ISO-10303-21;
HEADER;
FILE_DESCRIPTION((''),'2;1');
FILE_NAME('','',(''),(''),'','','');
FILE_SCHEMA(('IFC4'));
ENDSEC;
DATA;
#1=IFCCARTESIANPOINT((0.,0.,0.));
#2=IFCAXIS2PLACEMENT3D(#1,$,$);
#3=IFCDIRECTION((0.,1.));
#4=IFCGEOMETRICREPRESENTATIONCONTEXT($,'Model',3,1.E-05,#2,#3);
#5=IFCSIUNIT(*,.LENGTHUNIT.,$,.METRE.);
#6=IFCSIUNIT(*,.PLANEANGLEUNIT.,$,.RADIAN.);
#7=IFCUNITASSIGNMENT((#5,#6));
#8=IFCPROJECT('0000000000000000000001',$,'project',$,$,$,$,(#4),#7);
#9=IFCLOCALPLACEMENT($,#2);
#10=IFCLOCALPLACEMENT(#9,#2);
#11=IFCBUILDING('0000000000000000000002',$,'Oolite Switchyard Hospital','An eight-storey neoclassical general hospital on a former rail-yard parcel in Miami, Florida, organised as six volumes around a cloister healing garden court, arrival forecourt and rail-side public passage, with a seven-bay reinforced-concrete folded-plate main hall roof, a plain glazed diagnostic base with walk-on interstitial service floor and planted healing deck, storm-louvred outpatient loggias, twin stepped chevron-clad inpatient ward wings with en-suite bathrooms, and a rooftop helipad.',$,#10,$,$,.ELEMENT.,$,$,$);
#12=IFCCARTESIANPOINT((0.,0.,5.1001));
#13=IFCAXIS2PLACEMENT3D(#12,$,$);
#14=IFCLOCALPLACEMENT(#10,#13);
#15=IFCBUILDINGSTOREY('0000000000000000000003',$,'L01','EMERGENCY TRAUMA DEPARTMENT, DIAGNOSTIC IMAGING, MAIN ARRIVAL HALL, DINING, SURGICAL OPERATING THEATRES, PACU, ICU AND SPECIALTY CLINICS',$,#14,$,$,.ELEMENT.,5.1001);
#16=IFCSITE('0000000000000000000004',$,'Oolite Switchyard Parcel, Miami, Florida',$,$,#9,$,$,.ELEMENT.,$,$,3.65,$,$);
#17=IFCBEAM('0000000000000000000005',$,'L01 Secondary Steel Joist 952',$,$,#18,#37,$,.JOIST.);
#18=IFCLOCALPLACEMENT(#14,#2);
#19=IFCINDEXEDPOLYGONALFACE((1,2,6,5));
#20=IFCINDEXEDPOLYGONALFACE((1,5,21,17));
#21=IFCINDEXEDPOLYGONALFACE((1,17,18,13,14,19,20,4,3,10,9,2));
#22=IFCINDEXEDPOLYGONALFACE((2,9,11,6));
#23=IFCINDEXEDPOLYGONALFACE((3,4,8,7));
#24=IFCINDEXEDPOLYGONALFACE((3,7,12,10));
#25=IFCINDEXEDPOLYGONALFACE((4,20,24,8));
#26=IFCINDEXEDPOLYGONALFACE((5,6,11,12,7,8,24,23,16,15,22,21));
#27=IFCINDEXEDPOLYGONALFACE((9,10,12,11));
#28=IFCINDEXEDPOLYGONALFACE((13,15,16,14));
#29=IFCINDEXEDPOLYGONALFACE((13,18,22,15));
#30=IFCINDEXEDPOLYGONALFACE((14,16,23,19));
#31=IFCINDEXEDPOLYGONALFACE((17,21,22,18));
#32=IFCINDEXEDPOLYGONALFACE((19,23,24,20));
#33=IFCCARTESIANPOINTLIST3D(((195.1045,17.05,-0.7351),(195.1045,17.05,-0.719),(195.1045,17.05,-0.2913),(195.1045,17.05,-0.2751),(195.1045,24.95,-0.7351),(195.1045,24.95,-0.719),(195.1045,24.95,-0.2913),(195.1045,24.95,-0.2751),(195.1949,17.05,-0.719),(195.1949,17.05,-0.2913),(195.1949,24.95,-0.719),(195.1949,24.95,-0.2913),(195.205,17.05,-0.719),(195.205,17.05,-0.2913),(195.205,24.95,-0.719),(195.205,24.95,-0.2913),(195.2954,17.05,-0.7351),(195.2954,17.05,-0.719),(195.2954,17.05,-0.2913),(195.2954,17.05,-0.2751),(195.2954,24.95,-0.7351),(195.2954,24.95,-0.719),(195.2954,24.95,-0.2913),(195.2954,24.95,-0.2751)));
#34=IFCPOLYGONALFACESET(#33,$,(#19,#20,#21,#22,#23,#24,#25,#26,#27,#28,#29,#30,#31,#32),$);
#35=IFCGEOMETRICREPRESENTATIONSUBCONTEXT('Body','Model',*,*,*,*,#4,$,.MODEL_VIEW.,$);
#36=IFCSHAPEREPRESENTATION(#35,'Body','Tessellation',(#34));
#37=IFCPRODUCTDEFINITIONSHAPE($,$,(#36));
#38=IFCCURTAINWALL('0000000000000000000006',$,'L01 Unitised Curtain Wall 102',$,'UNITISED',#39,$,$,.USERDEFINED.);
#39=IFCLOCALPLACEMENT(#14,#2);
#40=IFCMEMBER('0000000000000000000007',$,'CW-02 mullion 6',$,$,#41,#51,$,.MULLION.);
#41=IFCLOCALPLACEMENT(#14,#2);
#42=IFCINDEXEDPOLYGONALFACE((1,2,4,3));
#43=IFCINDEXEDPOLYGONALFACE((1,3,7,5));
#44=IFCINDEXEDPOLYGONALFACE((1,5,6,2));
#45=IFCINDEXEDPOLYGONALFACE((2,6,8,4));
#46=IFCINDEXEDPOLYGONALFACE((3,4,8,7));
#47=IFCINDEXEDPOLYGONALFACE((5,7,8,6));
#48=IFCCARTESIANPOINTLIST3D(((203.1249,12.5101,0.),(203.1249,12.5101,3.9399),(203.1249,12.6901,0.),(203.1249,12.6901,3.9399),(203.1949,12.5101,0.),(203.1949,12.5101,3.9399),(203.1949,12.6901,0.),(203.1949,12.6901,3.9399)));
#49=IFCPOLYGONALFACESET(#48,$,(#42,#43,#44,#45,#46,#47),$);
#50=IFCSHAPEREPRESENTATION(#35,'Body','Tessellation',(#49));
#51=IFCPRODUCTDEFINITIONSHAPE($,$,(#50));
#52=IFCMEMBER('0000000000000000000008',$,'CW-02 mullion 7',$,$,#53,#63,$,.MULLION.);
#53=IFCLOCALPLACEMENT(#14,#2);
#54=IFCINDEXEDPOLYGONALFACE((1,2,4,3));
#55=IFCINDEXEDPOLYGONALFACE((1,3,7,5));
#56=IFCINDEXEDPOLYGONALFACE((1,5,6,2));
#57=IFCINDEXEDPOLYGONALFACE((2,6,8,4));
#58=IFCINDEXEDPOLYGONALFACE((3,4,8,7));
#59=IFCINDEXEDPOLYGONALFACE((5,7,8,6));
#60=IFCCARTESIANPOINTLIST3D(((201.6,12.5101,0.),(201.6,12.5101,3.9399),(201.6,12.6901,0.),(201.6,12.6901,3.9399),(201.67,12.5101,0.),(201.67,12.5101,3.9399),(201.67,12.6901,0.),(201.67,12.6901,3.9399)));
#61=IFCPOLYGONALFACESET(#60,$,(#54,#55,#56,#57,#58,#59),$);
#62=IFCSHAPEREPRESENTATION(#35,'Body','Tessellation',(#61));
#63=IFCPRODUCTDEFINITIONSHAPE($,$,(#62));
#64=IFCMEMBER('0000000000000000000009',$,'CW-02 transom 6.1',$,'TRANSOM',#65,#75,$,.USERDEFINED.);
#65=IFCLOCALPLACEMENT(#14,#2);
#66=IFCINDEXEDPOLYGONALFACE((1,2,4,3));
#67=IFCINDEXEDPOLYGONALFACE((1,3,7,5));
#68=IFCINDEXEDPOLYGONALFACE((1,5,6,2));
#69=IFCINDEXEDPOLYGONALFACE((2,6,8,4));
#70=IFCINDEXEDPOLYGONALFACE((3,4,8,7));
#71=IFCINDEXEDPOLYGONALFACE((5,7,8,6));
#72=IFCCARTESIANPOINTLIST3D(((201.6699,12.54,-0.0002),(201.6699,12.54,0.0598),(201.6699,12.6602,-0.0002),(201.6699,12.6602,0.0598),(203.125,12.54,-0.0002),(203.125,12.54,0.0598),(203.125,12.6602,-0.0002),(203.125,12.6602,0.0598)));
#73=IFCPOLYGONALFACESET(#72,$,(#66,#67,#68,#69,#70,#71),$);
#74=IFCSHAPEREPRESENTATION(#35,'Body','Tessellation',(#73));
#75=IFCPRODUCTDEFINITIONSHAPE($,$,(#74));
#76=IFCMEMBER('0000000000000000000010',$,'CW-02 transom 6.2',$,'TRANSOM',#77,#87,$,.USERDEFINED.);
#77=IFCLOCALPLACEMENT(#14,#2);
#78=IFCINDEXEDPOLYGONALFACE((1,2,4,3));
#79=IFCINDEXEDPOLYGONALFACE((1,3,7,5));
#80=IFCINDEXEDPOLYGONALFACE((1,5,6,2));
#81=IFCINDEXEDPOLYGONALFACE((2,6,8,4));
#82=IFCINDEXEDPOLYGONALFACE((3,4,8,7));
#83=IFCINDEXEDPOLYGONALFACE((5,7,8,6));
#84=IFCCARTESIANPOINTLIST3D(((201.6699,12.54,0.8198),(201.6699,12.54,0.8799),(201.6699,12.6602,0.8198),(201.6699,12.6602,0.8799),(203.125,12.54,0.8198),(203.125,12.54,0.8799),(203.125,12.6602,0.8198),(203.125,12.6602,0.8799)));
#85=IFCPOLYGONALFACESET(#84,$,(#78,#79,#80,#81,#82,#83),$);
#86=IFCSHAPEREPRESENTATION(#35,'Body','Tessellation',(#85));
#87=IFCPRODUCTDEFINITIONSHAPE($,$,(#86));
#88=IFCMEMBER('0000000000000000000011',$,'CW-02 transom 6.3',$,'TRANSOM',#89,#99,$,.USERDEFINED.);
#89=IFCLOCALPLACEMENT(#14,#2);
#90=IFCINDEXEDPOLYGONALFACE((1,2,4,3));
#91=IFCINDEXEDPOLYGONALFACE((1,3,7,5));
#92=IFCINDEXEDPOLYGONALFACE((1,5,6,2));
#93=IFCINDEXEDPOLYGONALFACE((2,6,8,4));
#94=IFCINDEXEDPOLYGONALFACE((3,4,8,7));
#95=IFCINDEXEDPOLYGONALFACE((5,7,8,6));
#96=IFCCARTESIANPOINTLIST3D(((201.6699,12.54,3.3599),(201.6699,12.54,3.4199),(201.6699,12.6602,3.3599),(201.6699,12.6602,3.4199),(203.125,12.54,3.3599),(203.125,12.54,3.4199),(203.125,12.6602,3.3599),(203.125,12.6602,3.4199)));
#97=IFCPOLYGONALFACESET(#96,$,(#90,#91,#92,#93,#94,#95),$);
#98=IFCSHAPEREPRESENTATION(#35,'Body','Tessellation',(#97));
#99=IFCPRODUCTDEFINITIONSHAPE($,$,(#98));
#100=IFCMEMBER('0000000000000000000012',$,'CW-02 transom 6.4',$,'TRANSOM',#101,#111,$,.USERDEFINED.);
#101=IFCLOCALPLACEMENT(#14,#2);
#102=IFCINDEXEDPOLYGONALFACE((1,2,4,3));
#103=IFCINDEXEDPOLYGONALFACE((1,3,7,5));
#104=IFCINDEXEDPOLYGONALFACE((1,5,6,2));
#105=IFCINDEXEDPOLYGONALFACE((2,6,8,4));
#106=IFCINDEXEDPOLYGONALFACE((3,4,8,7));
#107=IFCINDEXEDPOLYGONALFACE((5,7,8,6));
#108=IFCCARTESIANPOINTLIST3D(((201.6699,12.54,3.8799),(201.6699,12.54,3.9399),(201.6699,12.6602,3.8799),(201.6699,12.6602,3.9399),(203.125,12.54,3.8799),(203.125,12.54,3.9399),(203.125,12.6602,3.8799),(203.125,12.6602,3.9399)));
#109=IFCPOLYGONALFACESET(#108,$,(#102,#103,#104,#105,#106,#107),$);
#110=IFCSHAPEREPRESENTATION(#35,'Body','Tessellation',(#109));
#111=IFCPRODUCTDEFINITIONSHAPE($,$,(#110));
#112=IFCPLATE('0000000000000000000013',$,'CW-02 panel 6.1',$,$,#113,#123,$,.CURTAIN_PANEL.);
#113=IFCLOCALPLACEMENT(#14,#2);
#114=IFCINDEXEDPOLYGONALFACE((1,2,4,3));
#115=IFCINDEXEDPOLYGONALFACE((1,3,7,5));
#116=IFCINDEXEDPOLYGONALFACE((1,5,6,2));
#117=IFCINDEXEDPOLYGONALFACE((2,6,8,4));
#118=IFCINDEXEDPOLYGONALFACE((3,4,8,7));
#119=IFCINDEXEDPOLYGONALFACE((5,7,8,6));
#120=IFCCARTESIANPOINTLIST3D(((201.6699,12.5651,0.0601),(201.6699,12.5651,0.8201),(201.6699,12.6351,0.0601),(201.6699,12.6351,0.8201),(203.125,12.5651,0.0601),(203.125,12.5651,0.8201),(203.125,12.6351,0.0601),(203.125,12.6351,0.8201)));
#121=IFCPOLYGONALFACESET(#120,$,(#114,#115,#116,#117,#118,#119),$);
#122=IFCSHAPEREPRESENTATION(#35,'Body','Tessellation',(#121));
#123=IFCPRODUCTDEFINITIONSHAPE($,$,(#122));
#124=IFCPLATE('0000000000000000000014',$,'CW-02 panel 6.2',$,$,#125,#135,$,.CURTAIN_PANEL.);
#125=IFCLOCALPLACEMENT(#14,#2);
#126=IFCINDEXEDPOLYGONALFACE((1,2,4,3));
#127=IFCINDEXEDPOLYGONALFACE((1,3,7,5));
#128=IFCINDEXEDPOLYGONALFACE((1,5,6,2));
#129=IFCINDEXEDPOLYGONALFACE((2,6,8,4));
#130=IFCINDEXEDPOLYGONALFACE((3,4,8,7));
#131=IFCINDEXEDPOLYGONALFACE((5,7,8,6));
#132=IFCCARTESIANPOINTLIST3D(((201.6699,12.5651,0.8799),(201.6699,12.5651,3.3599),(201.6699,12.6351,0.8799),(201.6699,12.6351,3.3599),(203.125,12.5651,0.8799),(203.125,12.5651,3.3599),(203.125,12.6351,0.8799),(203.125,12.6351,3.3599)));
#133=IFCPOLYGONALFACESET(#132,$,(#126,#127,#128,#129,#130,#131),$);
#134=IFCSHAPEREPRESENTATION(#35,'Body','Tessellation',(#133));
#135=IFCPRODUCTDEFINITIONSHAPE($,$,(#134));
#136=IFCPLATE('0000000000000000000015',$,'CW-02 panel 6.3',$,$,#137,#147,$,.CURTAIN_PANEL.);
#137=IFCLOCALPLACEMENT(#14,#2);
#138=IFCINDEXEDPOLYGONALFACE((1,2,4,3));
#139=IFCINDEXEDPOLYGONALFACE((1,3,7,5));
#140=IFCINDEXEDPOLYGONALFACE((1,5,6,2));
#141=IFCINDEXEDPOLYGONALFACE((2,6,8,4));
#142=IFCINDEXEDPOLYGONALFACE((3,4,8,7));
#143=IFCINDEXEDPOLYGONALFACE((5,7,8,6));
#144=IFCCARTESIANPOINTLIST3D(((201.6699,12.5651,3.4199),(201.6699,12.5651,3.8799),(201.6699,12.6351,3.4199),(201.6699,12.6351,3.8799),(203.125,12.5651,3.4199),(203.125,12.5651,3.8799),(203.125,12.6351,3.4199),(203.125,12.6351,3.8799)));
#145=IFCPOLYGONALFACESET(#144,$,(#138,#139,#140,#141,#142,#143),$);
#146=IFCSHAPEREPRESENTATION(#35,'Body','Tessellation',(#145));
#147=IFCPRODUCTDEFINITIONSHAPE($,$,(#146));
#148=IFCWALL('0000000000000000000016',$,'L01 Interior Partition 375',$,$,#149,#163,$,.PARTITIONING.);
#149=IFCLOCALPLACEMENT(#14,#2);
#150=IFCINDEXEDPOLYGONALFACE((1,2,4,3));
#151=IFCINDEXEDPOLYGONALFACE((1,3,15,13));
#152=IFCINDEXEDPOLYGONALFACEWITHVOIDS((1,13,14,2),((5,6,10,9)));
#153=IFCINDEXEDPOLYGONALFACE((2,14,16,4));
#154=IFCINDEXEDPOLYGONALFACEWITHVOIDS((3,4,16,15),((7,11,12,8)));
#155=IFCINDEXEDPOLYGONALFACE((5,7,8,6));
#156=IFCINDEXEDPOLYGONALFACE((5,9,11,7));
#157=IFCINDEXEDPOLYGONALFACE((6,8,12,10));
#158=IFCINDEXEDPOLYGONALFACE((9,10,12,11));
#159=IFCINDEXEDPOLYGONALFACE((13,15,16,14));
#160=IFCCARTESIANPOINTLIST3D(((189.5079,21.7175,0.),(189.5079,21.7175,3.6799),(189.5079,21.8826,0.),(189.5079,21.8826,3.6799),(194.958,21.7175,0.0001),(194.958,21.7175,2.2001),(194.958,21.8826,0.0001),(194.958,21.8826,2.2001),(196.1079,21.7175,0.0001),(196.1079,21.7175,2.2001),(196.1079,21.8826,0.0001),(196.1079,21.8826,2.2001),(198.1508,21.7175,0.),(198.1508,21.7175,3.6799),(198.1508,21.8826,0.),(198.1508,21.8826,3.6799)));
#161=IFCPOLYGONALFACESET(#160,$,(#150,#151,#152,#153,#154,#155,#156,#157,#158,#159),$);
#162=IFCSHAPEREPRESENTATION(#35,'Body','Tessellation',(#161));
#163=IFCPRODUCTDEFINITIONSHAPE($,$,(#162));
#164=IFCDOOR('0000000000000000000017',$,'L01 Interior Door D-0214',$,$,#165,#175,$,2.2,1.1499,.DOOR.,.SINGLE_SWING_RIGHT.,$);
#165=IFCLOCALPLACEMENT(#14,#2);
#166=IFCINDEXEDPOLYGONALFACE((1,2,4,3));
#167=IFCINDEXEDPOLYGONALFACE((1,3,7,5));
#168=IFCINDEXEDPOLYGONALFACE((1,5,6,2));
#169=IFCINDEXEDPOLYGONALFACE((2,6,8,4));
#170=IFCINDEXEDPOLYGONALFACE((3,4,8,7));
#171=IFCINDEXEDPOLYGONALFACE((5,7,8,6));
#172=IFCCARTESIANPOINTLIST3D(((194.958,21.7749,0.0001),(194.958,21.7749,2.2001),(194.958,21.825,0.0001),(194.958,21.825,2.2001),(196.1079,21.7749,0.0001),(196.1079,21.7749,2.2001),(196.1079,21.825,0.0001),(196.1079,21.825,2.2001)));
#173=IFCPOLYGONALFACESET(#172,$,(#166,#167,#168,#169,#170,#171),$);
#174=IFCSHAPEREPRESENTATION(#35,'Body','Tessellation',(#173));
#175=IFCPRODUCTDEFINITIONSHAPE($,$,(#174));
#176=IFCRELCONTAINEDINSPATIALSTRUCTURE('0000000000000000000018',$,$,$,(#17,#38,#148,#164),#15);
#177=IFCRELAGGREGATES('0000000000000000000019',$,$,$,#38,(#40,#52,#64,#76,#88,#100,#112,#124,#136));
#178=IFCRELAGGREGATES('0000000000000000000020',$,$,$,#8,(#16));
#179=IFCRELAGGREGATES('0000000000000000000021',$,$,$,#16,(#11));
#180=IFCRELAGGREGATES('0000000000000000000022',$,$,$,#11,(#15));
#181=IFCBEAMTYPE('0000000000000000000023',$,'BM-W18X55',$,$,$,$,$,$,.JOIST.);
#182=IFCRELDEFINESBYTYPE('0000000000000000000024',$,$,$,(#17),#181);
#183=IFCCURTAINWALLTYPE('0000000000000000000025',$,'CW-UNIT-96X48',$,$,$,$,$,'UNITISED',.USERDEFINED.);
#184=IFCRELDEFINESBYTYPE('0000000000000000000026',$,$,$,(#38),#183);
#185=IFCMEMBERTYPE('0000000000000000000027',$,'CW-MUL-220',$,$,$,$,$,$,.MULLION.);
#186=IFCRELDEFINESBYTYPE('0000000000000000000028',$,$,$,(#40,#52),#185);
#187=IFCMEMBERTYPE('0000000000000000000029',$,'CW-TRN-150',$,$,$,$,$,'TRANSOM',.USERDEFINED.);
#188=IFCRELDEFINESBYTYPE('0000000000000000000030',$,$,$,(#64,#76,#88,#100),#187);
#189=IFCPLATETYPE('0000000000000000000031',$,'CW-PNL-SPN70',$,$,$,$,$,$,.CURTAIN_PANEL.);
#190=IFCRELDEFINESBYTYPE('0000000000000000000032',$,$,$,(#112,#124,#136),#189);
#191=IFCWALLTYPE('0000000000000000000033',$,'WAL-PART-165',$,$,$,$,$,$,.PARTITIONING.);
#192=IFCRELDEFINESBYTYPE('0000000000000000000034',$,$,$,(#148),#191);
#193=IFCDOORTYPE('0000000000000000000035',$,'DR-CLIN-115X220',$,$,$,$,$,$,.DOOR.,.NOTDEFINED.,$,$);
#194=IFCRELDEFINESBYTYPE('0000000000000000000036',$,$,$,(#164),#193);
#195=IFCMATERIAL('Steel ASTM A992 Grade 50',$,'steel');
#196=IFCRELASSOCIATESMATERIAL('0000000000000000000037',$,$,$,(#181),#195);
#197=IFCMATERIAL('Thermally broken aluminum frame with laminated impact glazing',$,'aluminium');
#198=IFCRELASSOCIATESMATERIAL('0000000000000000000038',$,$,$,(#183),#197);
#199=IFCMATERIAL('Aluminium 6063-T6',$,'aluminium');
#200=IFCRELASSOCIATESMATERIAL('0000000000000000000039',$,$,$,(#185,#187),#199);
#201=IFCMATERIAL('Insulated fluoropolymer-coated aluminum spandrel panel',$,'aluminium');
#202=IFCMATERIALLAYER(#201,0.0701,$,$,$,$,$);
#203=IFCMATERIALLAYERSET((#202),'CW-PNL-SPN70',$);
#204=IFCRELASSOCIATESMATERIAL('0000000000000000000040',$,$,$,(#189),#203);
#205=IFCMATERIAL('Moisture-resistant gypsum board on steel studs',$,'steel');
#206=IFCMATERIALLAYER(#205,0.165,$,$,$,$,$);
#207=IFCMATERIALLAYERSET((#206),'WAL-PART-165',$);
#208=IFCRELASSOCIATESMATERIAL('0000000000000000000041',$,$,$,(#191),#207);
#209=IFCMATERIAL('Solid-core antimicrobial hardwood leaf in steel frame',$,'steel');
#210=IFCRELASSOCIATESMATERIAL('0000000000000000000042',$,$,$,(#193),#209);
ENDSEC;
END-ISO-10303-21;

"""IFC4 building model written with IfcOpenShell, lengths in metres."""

from ifc_helpers import new_model, si_unit, direction, frame, frame_2d, origin, origin_2d, place, context, subcontext, project, spatial, rectangle, i_section, extrude, material, layer, layer_set, material_profile, profile_set, type_object, element, fill, aggregate, save


model = new_model("IFC4")

# Units and contexts
model_context = context("Model", 3, precision=1e-05, world=origin(), true_north=direction((0.0, 1.0)))
body_context = subcontext(model_context, "Body", "Model", "MODEL_VIEW")
ifc_project = project(units=[si_unit("LENGTHUNIT", "METRE"), si_unit("PLANEANGLEUNIT", "RADIAN")], contexts=[model_context])

# Site, building, storey
site_placement = place(None, origin())
site = spatial("IfcSite", under=ifc_project, at=site_placement, Name="Oolite Switchyard Parcel, Miami, Florida", CompositionType="ELEMENT", RefElevation=3.65)
building_placement = place(site_placement, origin())
building = spatial("IfcBuilding", under=site, at=building_placement, Name="Oolite Switchyard Hospital", Description="An eight-storey neoclassical general hospital on a former rail-yard parcel in Miami, Florida, organised as six volumes around a cloister healing garden court, arrival forecourt and rail-side public passage, with a seven-bay reinforced-concrete folded-plate main hall roof, a plain glazed diagnostic base with walk-on interstitial service floor and planted healing deck, storm-louvred outpatient loggias, twin stepped chevron-clad inpatient ward wings with en-suite bathrooms, and a rooftop helipad.", CompositionType="ELEMENT")
storey_placement = place(building_placement, frame((0.0, 0.0, 5.1001)))
storey = spatial("IfcBuildingStorey", under=building, at=storey_placement, Name="L01", Description="EMERGENCY TRAUMA DEPARTMENT, DIAGNOSTIC IMAGING, MAIN ARRIVAL HALL, DINING, SURGICAL OPERATING THEATRES, PACU, ICU AND SPECIALTY CLINICS", CompositionType="ELEMENT", Elevation=5.1001)

# Beam
ifc_material_1 = material(Name="Steel ASTM A992 Grade 50", Category="steel")
ifc_material_profile_1 = material_profile(ifc_material_1, i_section(OverallWidth=0.1909, OverallDepth=0.46, WebThickness=0.01, FlangeThickness=0.0161, at=origin_2d()), Name="W18X55")
ifc_profile_set_1 = profile_set([ifc_material_profile_1], Name="Steel ASTM A992 Grade 50")
beam_type_1 = type_object("IfcBeamType", Name="BM-W18X55", PredefinedType="JOIST", material=ifc_profile_set_1)
beam_1_placement = place(storey_placement, frame((195.2, 17.05, -0.5051), z_axis=(0.0, 1.0, 0.0), x_axis=(-1.0, 0.0, 0.0)))
element("IfcBeam", 1, at=beam_1_placement, inside=storey, type_object=beam_type_1, Name="L01 Secondary Steel Joist 952", PredefinedType="JOIST", context=body_context, shape_type="SweptSolid", body=[
    extrude(i_section(OverallWidth=0.1909, OverallDepth=0.46, WebThickness=0.01, FlangeThickness=0.0161, at=origin_2d()), origin(), (0.0, 0.0, 1.0), 7.8999),
])

# Curtain wall, members, plates
ifc_material_2 = material(Name="Thermally broken aluminum frame with laminated impact glazing", Category="aluminium")
curtain_wall_type = type_object("IfcCurtainWallType", Name="CW-UNIT-96X48", ElementType="UNITISED", PredefinedType="USERDEFINED", material=ifc_material_2)
curtain_wall_placement = place(storey_placement, origin())
curtain_wall = element("IfcCurtainWall", 2, at=curtain_wall_placement, inside=storey, type_object=curtain_wall_type, Name="L01 Unitised Curtain Wall 102", ObjectType="UNITISED", PredefinedType="USERDEFINED")
ifc_material_3 = material(Name="Aluminium 6063-T6", Category="aluminium")
ifc_material_profile_2 = material_profile(ifc_material_3, rectangle(XDim=0.1799, YDim=0.0701, at=origin_2d()), Name="CWM70X180")
ifc_profile_set_2 = profile_set([ifc_material_profile_2], Name="Aluminium 6063-T6")
member_type_1 = type_object("IfcMemberType", Name="CW-MUL-220", PredefinedType="MULLION", material=ifc_profile_set_2)
member_1_placement = place(storey_placement, frame((203.1599, 12.6001, 0.0), z_axis=(0.0, 0.0, 1.0), x_axis=(0.0, -1.0, 0.0)))
member_1 = element("IfcMember", 3, at=member_1_placement, type_object=member_type_1, Name="CW-02 mullion 6", PredefinedType="MULLION", context=body_context, shape_type="SweptSolid", body=[
    extrude(rectangle(XDim=0.1799, YDim=0.0701, at=origin_2d()), origin(), (0.0, 0.0, 1.0), 3.9399),
])
member_2_placement = place(storey_placement, frame((201.635, 12.6001, 0.0), z_axis=(0.0, 0.0, 1.0), x_axis=(0.0, -1.0, 0.0)))
member_2 = element("IfcMember", 4, at=member_2_placement, type_object=member_type_1, Name="CW-02 mullion 7", PredefinedType="MULLION", context=body_context, shape_type="SweptSolid", body=[
    extrude(rectangle(XDim=0.1799, YDim=0.0701, at=origin_2d()), origin(), (0.0, 0.0, 1.0), 3.9399),
])
ifc_material_profile_3 = material_profile(ifc_material_3, rectangle(XDim=0.1201, YDim=0.0601, at=origin_2d()), Name="CWT60X120")
ifc_profile_set_3 = profile_set([ifc_material_profile_3], Name="Aluminium 6063-T6")
member_type_2 = type_object("IfcMemberType", Name="CW-TRN-150", ElementType="TRANSOM", PredefinedType="USERDEFINED", material=ifc_profile_set_3)
member_3_placement = place(storey_placement, frame((203.125, 12.6001, 0.0298), z_axis=(-1.0, 0.0, 0.0), x_axis=(0.0, -1.0, 0.0)))
member_3 = element("IfcMember", 5, at=member_3_placement, type_object=member_type_2, Name="CW-02 transom 6.1", ObjectType="TRANSOM", PredefinedType="USERDEFINED", context=body_context, shape_type="SweptSolid", body=[
    extrude(rectangle(XDim=0.1201, YDim=0.0601, at=origin_2d()), origin(), (0.0, 0.0, 1.0), 1.4551),
])
member_4_placement = place(storey_placement, frame((203.125, 12.6001, 0.8499), z_axis=(-1.0, 0.0, 0.0), x_axis=(0.0, -1.0, 0.0)))
member_4 = element("IfcMember", 6, at=member_4_placement, type_object=member_type_2, Name="CW-02 transom 6.2", ObjectType="TRANSOM", PredefinedType="USERDEFINED", context=body_context, shape_type="SweptSolid", body=[
    extrude(rectangle(XDim=0.1201, YDim=0.0601, at=origin_2d()), origin(), (0.0, 0.0, 1.0), 1.4551),
])
member_5_placement = place(storey_placement, frame((203.125, 12.6001, 3.3899), z_axis=(-1.0, 0.0, 0.0), x_axis=(0.0, -1.0, 0.0)))
member_5 = element("IfcMember", 7, at=member_5_placement, type_object=member_type_2, Name="CW-02 transom 6.3", ObjectType="TRANSOM", PredefinedType="USERDEFINED", context=body_context, shape_type="SweptSolid", body=[
    extrude(rectangle(XDim=0.1201, YDim=0.0601, at=origin_2d()), origin(), (0.0, 0.0, 1.0), 1.4551),
])
member_6_placement = place(storey_placement, frame((203.125, 12.6001, 3.9099), z_axis=(-1.0, 0.0, 0.0), x_axis=(0.0, -1.0, 0.0)))
member_6 = element("IfcMember", 8, at=member_6_placement, type_object=member_type_2, Name="CW-02 transom 6.4", ObjectType="TRANSOM", PredefinedType="USERDEFINED", context=body_context, shape_type="SweptSolid", body=[
    extrude(rectangle(XDim=0.1201, YDim=0.0601, at=origin_2d()), origin(), (0.0, 0.0, 1.0), 1.4551),
])
ifc_material_4 = material(Name="Insulated fluoropolymer-coated aluminum spandrel panel", Category="aluminium")
ifc_layer_1 = layer(ifc_material_4, 0.0701)
ifc_layer_set_1 = layer_set([ifc_layer_1], Name="CW-PNL-SPN70")
plate_type = type_object("IfcPlateType", Name="CW-PNL-SPN70", PredefinedType="CURTAIN_PANEL", material=ifc_layer_set_1)
plate_1_placement = place(storey_placement, frame((202.3975, 12.6001, 0.0601), z_axis=(0.0, 0.0, 1.0), x_axis=(-1.0, 0.0, 0.0)))
plate_1 = element("IfcPlate", 9, at=plate_1_placement, type_object=plate_type, Name="CW-02 panel 6.1", PredefinedType="CURTAIN_PANEL", context=body_context, shape_type="SweptSolid", body=[
    extrude(rectangle(XDim=1.4551, YDim=0.0701, at=origin_2d()), origin(), (0.0, 0.0, 1.0), 0.76),
])
plate_2_placement = place(storey_placement, frame((202.3975, 12.6001, 0.8799), z_axis=(0.0, 0.0, 1.0), x_axis=(-1.0, 0.0, 0.0)))
plate_2 = element("IfcPlate", 10, at=plate_2_placement, type_object=plate_type, Name="CW-02 panel 6.2", PredefinedType="CURTAIN_PANEL", context=body_context, shape_type="SweptSolid", body=[
    extrude(rectangle(XDim=1.4551, YDim=0.0701, at=origin_2d()), origin(), (0.0, 0.0, 1.0), 2.48),
])
plate_3_placement = place(storey_placement, frame((202.3975, 12.6001, 3.4199), z_axis=(0.0, 0.0, 1.0), x_axis=(-1.0, 0.0, 0.0)))
plate_3 = element("IfcPlate", 11, at=plate_3_placement, type_object=plate_type, Name="CW-02 panel 6.3", PredefinedType="CURTAIN_PANEL", context=body_context, shape_type="SweptSolid", body=[
    extrude(rectangle(XDim=1.4551, YDim=0.0701, at=origin_2d()), origin(), (0.0, 0.0, 1.0), 0.46),
])
aggregate(curtain_wall, [member_1, member_2, member_3, member_4, member_5, member_6, plate_1, plate_2, plate_3])

# Wall, opening, door
ifc_material_5 = material(Name="Moisture-resistant gypsum board on steel studs", Category="steel")
ifc_layer_2 = layer(ifc_material_5, 0.165)
ifc_layer_set_2 = layer_set([ifc_layer_2], Name="WAL-PART-165")
wall_type = type_object("IfcWallType", Name="WAL-PART-165", PredefinedType="PARTITIONING", material=ifc_layer_set_2)
wall_1_placement = place(storey_placement, frame((189.5081, 21.8, 0.0), z_axis=(0.0, 0.0, 1.0), x_axis=(1.0, 0.0, 0.0)))
wall_1 = element("IfcWall", 12, at=wall_1_placement, inside=storey, type_object=wall_type, Name="L01 Interior Partition 375", PredefinedType="PARTITIONING", context=body_context, shape_type="SweptSolid", body=[
    extrude(rectangle(XDim=8.6428, YDim=0.165, at=frame_2d((4.3213, 0.0))), origin(), (0.0, 0.0, 1.0), 3.6799),
])
opening_1_placement = place(wall_1_placement, frame((5.45, 0.0, 0.0)))
opening_1 = element("IfcOpeningElement", 13, at=opening_1_placement, cuts=wall_1, PredefinedType="OPENING", context=body_context, shape_type="SweptSolid", body=[
    extrude(rectangle(XDim=1.1499, YDim=2.2, at=frame_2d((0.575, 1.1001))), frame((0.0, 0.0925, 0.0), z_axis=(0.0, -1.0, 0.0), x_axis=(1.0, 0.0, 0.0)), (0.0, 0.0, 1.0), 0.1851),
])
ifc_material_6 = material(Name="Solid-core antimicrobial hardwood leaf in steel frame", Category="steel")
door_type_1 = type_object("IfcDoorType", Name="DR-CLIN-115X220", OperationType="NOTDEFINED", PredefinedType="DOOR", material=ifc_material_6)
door_1_placement = place(opening_1_placement, origin())
door_1 = element("IfcDoor", 14, at=door_1_placement, inside=storey, type_object=door_type_1, Name="L01 Interior Door D-0214", OperationType="SINGLE_SWING_RIGHT", OverallHeight=2.2, OverallWidth=1.1499, PredefinedType="DOOR", context=body_context, shape_type="SweptSolid", body=[
    extrude(rectangle(XDim=1.1499, YDim=2.2, at=frame_2d((0.575, 1.1001))), frame((0.0, 0.0249, 0.0), z_axis=(0.0, -1.0, 0.0), x_axis=(1.0, 0.0, 0.0)), (0.0, 0.0, 1.0), 0.05),
])
fill(opening_1, door_1)

save(model, "model.ifc")
